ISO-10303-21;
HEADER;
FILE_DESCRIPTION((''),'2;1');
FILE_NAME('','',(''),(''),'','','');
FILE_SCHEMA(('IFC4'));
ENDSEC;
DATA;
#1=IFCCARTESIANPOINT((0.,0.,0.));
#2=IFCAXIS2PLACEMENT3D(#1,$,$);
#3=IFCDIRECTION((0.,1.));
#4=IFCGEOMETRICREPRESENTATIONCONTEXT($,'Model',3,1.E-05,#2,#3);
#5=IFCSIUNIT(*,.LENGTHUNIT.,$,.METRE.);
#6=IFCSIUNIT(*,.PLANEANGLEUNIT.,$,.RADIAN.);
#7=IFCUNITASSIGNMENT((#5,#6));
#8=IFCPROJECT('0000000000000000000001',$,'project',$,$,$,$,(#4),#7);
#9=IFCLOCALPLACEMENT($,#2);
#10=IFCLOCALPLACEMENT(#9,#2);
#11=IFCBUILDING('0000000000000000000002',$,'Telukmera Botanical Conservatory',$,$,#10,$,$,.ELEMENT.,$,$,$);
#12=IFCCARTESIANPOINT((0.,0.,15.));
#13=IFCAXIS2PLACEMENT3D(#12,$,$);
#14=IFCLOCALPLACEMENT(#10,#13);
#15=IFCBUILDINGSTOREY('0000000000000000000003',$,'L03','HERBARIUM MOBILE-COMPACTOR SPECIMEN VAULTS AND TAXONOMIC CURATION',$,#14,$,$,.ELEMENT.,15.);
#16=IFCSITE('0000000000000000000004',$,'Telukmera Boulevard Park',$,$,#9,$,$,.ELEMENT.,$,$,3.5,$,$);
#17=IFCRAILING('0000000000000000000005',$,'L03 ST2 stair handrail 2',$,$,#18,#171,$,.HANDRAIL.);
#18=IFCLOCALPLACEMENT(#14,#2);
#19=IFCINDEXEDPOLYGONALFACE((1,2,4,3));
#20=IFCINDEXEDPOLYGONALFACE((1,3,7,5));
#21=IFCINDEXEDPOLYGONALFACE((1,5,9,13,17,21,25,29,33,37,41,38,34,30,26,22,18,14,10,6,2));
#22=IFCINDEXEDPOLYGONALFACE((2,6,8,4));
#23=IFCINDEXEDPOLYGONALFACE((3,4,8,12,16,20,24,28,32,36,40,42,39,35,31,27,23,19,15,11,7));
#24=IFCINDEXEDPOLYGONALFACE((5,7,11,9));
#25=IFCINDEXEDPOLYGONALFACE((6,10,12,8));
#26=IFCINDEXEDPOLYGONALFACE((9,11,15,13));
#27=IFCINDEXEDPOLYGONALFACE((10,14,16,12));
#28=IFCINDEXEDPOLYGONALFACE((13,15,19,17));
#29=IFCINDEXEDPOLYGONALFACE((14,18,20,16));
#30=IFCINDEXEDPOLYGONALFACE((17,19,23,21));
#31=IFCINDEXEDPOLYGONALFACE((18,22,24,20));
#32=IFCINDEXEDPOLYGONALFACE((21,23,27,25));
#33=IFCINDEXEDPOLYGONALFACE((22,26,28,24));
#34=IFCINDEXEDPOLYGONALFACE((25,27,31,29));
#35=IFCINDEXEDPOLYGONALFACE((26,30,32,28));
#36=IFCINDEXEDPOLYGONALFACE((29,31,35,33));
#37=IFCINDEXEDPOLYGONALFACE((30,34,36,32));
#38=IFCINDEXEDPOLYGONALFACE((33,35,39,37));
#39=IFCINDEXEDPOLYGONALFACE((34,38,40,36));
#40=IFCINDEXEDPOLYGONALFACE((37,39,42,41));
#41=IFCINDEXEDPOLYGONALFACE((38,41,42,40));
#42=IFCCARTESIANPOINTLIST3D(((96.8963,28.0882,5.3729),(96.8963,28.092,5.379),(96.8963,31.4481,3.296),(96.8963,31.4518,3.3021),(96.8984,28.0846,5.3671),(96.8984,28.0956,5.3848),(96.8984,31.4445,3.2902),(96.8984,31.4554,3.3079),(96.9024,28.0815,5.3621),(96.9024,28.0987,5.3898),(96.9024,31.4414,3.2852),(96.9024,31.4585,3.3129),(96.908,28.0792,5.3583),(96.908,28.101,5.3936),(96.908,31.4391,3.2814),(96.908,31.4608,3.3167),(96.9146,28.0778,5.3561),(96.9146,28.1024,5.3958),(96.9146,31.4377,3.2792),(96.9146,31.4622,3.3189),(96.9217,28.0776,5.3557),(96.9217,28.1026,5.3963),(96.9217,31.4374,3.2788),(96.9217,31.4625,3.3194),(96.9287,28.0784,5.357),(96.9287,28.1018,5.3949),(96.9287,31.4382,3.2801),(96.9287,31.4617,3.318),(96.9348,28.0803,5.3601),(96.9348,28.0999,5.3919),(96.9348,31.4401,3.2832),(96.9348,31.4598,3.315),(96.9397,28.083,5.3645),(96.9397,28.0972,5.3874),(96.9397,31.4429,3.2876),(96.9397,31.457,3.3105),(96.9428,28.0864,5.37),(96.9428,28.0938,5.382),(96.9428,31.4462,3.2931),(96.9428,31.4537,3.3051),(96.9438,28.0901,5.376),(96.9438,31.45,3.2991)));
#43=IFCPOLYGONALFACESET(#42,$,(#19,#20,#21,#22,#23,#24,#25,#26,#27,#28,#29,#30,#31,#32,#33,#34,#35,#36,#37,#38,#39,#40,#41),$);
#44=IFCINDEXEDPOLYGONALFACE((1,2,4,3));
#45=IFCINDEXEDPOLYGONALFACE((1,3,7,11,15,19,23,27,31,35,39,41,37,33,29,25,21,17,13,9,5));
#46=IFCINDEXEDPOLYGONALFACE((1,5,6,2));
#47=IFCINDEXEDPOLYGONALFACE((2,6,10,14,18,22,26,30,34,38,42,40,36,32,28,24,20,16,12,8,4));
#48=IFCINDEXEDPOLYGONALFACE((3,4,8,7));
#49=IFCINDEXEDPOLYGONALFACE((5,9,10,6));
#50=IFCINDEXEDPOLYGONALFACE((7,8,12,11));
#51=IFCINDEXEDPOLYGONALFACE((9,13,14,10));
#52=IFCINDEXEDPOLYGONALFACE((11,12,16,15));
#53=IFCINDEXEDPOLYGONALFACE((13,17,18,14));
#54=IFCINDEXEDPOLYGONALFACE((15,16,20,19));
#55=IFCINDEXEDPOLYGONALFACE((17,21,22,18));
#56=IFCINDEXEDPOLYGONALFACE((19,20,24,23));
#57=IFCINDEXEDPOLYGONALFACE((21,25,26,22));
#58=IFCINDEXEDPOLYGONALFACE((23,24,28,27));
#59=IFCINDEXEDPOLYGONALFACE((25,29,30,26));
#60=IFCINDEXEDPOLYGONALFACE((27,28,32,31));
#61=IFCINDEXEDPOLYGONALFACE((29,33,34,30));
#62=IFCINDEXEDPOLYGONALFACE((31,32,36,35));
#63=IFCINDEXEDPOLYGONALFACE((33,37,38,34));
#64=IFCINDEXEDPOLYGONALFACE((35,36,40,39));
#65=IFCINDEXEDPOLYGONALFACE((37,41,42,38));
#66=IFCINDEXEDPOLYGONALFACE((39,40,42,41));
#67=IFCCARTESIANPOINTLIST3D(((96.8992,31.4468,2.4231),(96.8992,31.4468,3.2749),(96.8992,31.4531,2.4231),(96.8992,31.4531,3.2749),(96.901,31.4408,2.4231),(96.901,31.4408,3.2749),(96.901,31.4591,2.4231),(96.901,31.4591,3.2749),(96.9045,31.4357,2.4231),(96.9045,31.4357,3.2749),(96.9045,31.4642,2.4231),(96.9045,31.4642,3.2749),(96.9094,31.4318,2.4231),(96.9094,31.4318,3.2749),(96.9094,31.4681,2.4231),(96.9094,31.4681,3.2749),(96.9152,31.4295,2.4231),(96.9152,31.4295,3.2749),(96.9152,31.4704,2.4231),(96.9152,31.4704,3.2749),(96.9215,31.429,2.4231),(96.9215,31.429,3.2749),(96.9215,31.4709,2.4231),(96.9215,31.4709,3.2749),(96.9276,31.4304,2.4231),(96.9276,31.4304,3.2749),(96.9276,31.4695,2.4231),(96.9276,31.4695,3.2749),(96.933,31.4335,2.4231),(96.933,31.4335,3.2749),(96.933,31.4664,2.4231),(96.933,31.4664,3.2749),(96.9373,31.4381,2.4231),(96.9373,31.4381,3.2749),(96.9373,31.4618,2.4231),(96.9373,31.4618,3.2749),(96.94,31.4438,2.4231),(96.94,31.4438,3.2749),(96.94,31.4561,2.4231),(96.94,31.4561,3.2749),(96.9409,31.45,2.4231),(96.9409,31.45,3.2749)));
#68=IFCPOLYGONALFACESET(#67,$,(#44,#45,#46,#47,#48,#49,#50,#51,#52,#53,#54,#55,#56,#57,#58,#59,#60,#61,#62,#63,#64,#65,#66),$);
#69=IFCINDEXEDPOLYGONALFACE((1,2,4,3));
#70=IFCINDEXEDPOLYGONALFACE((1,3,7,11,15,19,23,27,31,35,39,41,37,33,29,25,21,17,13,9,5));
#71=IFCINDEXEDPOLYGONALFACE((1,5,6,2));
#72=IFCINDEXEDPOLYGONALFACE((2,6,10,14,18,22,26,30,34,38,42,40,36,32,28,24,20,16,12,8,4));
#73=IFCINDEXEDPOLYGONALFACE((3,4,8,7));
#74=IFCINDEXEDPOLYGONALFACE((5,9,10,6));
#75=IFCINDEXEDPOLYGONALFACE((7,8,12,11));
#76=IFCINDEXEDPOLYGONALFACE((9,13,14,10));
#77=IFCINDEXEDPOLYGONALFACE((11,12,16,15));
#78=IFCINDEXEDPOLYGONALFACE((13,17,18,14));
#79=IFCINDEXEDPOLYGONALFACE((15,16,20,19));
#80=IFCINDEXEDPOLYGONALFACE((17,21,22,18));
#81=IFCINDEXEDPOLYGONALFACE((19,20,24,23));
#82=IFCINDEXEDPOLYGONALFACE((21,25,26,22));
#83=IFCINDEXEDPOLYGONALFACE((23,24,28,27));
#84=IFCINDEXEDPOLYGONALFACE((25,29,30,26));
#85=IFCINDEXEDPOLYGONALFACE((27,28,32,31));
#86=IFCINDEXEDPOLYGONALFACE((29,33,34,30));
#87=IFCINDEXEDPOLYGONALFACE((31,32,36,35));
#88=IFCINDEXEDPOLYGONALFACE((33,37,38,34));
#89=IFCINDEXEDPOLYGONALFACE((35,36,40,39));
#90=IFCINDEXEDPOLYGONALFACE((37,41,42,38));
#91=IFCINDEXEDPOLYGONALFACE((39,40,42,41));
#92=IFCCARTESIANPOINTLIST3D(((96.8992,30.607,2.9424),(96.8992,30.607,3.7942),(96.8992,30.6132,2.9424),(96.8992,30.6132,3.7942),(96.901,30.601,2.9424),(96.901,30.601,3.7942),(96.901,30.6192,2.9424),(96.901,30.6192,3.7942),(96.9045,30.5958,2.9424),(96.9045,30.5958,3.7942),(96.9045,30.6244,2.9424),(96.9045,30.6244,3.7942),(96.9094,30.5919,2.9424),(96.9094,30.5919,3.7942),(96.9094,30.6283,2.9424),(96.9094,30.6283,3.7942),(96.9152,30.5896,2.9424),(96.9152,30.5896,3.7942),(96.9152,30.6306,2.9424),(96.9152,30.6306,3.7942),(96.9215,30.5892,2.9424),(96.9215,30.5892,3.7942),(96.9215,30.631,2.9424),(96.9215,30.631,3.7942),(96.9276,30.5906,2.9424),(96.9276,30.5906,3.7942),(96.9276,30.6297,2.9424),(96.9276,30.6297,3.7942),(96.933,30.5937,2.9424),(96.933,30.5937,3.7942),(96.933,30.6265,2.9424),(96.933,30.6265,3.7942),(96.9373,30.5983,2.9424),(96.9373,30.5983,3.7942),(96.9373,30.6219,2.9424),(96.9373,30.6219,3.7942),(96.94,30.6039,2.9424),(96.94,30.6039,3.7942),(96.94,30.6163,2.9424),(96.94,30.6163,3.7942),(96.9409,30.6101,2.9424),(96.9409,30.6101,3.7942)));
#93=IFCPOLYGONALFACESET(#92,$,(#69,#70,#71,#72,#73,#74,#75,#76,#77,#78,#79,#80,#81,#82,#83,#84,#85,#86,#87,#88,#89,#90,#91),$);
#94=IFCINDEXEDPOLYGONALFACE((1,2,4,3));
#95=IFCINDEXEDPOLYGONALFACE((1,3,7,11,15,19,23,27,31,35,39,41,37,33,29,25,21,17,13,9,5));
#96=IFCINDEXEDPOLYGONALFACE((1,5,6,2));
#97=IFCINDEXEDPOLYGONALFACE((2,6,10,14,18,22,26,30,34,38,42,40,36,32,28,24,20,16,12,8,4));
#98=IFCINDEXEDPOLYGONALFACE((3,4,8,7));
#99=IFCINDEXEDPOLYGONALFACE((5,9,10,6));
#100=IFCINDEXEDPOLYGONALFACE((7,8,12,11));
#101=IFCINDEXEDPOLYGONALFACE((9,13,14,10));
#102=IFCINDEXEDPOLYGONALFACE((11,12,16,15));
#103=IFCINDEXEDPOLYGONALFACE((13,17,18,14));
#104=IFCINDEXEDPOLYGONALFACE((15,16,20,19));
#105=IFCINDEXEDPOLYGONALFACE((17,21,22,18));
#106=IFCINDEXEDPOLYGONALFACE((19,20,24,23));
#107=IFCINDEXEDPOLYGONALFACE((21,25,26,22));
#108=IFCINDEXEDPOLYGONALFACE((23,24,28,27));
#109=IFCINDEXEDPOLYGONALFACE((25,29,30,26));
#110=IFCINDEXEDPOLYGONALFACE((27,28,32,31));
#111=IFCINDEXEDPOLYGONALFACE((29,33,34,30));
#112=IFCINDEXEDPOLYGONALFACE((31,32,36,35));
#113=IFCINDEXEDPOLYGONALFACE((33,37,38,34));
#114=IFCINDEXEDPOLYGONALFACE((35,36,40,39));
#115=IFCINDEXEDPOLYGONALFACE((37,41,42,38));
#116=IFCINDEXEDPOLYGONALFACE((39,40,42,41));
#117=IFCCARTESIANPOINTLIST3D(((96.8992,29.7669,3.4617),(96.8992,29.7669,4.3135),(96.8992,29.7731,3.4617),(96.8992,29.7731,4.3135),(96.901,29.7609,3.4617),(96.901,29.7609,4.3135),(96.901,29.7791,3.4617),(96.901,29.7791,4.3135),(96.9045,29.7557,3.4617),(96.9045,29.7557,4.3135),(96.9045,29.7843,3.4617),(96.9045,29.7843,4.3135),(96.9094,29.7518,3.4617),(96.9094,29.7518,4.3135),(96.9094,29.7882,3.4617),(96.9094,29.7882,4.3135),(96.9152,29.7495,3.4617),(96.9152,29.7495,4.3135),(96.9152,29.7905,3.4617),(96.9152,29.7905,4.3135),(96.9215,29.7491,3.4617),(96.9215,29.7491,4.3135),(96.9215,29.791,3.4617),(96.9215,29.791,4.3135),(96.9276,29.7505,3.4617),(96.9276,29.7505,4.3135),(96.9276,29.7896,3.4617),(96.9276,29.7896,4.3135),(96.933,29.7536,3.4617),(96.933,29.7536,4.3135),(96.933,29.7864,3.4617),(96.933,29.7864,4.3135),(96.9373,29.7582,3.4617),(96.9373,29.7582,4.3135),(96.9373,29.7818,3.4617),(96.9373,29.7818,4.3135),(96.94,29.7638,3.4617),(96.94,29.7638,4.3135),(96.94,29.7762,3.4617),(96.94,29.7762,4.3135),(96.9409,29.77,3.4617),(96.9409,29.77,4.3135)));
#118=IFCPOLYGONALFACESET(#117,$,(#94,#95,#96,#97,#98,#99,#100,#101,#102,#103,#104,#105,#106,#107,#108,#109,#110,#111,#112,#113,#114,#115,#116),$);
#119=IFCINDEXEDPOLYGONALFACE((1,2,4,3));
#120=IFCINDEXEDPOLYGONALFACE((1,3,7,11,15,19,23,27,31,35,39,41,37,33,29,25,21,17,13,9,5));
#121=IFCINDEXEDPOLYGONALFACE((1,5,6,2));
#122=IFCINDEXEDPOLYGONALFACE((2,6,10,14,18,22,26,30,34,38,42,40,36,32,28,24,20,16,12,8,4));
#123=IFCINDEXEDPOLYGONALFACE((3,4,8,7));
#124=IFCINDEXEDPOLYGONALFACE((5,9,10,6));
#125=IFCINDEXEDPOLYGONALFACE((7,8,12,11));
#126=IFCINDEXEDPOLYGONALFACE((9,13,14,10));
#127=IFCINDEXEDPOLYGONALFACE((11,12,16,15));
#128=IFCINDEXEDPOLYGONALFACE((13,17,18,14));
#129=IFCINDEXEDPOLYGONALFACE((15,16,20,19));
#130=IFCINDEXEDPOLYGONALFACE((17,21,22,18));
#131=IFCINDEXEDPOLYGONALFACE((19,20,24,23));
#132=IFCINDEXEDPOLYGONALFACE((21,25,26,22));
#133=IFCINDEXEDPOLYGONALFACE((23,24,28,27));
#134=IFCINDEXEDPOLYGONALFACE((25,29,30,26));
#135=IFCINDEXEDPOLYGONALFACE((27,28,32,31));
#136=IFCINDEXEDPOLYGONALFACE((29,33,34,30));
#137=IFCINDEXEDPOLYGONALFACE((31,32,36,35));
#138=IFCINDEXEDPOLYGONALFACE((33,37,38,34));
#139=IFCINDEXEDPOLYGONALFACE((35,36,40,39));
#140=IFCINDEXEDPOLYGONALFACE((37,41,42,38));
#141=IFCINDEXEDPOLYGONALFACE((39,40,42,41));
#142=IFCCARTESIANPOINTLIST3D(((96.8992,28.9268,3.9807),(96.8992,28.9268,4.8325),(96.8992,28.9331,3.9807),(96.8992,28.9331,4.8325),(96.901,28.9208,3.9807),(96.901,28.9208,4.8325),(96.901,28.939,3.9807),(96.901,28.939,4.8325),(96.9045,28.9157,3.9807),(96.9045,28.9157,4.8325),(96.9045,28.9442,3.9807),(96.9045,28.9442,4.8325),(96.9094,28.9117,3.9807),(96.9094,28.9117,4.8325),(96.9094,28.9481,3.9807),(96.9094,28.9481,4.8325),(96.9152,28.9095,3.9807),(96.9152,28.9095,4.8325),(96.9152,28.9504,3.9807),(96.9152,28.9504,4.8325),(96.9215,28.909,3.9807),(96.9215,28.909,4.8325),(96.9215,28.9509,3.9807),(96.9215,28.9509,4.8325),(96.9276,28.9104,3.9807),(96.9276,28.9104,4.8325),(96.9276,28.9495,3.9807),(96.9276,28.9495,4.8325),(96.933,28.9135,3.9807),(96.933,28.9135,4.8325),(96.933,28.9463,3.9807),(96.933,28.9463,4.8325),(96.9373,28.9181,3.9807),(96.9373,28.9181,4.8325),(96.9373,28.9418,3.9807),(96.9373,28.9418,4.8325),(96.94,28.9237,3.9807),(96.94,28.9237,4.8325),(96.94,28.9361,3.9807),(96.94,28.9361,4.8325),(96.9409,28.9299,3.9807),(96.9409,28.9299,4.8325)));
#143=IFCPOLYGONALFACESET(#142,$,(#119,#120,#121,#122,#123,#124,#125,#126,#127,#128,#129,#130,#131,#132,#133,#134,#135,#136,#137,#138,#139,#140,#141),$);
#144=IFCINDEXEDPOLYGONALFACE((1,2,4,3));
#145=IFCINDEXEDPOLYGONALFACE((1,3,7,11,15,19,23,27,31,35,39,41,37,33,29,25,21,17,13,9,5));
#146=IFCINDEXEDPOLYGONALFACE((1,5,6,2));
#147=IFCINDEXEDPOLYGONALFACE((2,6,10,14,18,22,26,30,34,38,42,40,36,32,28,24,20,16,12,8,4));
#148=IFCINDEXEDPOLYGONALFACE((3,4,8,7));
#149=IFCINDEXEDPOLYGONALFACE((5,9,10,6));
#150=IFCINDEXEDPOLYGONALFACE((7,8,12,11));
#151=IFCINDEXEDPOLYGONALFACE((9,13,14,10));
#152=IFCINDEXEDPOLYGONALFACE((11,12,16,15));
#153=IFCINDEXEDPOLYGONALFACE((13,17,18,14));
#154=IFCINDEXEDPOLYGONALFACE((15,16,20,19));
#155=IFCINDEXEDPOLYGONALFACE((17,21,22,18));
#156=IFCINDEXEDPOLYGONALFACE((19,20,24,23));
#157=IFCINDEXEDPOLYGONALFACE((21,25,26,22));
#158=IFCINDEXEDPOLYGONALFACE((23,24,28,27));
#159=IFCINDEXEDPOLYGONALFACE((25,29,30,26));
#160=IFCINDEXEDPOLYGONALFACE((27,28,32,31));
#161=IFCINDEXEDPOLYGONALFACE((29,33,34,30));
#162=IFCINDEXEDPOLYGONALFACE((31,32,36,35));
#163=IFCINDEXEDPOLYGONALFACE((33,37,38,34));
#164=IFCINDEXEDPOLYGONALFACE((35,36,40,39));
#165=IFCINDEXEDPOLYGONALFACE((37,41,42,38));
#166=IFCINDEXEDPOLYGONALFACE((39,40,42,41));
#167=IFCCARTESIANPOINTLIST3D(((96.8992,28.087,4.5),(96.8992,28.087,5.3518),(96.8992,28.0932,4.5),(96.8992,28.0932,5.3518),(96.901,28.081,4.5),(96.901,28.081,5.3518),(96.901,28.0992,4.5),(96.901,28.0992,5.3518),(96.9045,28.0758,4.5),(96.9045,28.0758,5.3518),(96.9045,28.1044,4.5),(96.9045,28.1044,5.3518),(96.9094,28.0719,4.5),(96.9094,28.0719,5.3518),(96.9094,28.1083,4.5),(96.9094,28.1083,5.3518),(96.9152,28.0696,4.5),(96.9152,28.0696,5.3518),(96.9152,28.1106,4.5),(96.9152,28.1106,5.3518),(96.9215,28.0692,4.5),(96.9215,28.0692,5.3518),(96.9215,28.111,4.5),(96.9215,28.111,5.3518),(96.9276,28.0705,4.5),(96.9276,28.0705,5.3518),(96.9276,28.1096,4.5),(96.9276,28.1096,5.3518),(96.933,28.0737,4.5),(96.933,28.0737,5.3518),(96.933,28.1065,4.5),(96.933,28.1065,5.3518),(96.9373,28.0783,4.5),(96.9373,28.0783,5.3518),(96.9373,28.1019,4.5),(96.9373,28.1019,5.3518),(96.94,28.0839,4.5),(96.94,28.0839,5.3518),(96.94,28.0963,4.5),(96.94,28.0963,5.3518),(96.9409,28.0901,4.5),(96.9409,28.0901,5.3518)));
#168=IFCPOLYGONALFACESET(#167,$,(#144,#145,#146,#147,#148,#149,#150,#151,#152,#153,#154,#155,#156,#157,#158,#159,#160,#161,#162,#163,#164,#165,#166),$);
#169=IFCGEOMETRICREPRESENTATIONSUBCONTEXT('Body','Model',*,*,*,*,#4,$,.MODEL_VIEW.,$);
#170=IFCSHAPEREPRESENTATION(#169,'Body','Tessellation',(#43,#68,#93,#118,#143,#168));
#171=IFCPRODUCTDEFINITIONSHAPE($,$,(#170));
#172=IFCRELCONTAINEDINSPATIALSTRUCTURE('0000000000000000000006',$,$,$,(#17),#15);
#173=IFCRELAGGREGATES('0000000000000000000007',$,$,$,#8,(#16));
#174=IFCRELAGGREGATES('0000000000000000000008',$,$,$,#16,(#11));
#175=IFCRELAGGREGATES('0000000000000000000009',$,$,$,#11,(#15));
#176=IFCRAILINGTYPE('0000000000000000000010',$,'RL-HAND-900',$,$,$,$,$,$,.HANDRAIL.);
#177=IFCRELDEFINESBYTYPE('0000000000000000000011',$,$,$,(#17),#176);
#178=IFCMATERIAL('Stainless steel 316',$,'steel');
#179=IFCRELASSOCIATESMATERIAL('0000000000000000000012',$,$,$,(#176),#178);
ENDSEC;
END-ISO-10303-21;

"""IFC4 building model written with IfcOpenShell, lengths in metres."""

from ifc_helpers import new_model, si_unit, direction, frame, origin, origin_2d, place, context, subcontext, project, spatial, circle, extrude, material, type_object, element, save


model = new_model("IFC4")

# Units and contexts
model_context = context("Model", 3, precision=1e-05, world=origin(), true_north=direction((0.0, 1.0)))
body_context = subcontext(model_context, "Body", "Model", "MODEL_VIEW")
ifc_project = project(units=[si_unit("LENGTHUNIT", "METRE"), si_unit("PLANEANGLEUNIT", "RADIAN")], contexts=[model_context])

# Site, building, storey
site_placement = place(None, origin())
site = spatial("IfcSite", under=ifc_project, at=site_placement, Name="Telukmera Boulevard Park", CompositionType="ELEMENT", RefElevation=3.5)
building_placement = place(site_placement, origin())
building = spatial("IfcBuilding", under=site, at=building_placement, Name="Telukmera Botanical Conservatory", CompositionType="ELEMENT")
storey_placement = place(building_placement, frame((0.0, 0.0, 15.0)))
storey = spatial("IfcBuildingStorey", under=building, at=storey_placement, Name="L03", Description="HERBARIUM MOBILE-COMPACTOR SPECIMEN VAULTS AND TAXONOMIC CURATION", CompositionType="ELEMENT", Elevation=15.0)

# Shared definitions
ifc_material_1 = material(Name="Stainless steel 316", Category="steel")

# Railing
railing_type_1 = type_object("IfcRailingType", Name="RL-HAND-900", PredefinedType="HANDRAIL", material=ifc_material_1)
railing_1_placement = place(storey_placement, frame((96.9199, 31.45, 2.4231)))
element("IfcRailing", 1, at=railing_1_placement, inside=storey, type_object=railing_type_1, Name="L03 ST2 stair handrail 2", PredefinedType="HANDRAIL", context=body_context, shape_type="SweptSolid", body=[
    extrude(circle(Radius=0.0239, at=origin_2d()), frame((0.0, 0.0, 0.876), z_axis=(0.0, -0.850606, 0.525803), x_axis=(1.0, 0.0, 0.0)), (0.0, 0.0, 1.0), 3.95),
    extrude(circle(Radius=0.021, at=origin_2d()), origin(), (0.0, 0.0, 1.0), 0.8518),
    extrude(circle(Radius=0.021, at=origin_2d()), frame((0.0, -0.8398, 0.5193)), (0.0, 0.0, 1.0), 0.8518),
    extrude(circle(Radius=0.021, at=origin_2d()), frame((0.0, -1.6799, 1.0386)), (0.0, 0.0, 1.0), 0.8518),
    extrude(circle(Radius=0.021, at=origin_2d()), frame((0.0, -2.52, 1.5576)), (0.0, 0.0, 1.0), 0.8518),
    extrude(circle(Radius=0.021, at=origin_2d()), frame((0.0, -3.3599, 2.0769)), (0.0, 0.0, 1.0), 0.8518),
])

save(model, "model.ifc")
